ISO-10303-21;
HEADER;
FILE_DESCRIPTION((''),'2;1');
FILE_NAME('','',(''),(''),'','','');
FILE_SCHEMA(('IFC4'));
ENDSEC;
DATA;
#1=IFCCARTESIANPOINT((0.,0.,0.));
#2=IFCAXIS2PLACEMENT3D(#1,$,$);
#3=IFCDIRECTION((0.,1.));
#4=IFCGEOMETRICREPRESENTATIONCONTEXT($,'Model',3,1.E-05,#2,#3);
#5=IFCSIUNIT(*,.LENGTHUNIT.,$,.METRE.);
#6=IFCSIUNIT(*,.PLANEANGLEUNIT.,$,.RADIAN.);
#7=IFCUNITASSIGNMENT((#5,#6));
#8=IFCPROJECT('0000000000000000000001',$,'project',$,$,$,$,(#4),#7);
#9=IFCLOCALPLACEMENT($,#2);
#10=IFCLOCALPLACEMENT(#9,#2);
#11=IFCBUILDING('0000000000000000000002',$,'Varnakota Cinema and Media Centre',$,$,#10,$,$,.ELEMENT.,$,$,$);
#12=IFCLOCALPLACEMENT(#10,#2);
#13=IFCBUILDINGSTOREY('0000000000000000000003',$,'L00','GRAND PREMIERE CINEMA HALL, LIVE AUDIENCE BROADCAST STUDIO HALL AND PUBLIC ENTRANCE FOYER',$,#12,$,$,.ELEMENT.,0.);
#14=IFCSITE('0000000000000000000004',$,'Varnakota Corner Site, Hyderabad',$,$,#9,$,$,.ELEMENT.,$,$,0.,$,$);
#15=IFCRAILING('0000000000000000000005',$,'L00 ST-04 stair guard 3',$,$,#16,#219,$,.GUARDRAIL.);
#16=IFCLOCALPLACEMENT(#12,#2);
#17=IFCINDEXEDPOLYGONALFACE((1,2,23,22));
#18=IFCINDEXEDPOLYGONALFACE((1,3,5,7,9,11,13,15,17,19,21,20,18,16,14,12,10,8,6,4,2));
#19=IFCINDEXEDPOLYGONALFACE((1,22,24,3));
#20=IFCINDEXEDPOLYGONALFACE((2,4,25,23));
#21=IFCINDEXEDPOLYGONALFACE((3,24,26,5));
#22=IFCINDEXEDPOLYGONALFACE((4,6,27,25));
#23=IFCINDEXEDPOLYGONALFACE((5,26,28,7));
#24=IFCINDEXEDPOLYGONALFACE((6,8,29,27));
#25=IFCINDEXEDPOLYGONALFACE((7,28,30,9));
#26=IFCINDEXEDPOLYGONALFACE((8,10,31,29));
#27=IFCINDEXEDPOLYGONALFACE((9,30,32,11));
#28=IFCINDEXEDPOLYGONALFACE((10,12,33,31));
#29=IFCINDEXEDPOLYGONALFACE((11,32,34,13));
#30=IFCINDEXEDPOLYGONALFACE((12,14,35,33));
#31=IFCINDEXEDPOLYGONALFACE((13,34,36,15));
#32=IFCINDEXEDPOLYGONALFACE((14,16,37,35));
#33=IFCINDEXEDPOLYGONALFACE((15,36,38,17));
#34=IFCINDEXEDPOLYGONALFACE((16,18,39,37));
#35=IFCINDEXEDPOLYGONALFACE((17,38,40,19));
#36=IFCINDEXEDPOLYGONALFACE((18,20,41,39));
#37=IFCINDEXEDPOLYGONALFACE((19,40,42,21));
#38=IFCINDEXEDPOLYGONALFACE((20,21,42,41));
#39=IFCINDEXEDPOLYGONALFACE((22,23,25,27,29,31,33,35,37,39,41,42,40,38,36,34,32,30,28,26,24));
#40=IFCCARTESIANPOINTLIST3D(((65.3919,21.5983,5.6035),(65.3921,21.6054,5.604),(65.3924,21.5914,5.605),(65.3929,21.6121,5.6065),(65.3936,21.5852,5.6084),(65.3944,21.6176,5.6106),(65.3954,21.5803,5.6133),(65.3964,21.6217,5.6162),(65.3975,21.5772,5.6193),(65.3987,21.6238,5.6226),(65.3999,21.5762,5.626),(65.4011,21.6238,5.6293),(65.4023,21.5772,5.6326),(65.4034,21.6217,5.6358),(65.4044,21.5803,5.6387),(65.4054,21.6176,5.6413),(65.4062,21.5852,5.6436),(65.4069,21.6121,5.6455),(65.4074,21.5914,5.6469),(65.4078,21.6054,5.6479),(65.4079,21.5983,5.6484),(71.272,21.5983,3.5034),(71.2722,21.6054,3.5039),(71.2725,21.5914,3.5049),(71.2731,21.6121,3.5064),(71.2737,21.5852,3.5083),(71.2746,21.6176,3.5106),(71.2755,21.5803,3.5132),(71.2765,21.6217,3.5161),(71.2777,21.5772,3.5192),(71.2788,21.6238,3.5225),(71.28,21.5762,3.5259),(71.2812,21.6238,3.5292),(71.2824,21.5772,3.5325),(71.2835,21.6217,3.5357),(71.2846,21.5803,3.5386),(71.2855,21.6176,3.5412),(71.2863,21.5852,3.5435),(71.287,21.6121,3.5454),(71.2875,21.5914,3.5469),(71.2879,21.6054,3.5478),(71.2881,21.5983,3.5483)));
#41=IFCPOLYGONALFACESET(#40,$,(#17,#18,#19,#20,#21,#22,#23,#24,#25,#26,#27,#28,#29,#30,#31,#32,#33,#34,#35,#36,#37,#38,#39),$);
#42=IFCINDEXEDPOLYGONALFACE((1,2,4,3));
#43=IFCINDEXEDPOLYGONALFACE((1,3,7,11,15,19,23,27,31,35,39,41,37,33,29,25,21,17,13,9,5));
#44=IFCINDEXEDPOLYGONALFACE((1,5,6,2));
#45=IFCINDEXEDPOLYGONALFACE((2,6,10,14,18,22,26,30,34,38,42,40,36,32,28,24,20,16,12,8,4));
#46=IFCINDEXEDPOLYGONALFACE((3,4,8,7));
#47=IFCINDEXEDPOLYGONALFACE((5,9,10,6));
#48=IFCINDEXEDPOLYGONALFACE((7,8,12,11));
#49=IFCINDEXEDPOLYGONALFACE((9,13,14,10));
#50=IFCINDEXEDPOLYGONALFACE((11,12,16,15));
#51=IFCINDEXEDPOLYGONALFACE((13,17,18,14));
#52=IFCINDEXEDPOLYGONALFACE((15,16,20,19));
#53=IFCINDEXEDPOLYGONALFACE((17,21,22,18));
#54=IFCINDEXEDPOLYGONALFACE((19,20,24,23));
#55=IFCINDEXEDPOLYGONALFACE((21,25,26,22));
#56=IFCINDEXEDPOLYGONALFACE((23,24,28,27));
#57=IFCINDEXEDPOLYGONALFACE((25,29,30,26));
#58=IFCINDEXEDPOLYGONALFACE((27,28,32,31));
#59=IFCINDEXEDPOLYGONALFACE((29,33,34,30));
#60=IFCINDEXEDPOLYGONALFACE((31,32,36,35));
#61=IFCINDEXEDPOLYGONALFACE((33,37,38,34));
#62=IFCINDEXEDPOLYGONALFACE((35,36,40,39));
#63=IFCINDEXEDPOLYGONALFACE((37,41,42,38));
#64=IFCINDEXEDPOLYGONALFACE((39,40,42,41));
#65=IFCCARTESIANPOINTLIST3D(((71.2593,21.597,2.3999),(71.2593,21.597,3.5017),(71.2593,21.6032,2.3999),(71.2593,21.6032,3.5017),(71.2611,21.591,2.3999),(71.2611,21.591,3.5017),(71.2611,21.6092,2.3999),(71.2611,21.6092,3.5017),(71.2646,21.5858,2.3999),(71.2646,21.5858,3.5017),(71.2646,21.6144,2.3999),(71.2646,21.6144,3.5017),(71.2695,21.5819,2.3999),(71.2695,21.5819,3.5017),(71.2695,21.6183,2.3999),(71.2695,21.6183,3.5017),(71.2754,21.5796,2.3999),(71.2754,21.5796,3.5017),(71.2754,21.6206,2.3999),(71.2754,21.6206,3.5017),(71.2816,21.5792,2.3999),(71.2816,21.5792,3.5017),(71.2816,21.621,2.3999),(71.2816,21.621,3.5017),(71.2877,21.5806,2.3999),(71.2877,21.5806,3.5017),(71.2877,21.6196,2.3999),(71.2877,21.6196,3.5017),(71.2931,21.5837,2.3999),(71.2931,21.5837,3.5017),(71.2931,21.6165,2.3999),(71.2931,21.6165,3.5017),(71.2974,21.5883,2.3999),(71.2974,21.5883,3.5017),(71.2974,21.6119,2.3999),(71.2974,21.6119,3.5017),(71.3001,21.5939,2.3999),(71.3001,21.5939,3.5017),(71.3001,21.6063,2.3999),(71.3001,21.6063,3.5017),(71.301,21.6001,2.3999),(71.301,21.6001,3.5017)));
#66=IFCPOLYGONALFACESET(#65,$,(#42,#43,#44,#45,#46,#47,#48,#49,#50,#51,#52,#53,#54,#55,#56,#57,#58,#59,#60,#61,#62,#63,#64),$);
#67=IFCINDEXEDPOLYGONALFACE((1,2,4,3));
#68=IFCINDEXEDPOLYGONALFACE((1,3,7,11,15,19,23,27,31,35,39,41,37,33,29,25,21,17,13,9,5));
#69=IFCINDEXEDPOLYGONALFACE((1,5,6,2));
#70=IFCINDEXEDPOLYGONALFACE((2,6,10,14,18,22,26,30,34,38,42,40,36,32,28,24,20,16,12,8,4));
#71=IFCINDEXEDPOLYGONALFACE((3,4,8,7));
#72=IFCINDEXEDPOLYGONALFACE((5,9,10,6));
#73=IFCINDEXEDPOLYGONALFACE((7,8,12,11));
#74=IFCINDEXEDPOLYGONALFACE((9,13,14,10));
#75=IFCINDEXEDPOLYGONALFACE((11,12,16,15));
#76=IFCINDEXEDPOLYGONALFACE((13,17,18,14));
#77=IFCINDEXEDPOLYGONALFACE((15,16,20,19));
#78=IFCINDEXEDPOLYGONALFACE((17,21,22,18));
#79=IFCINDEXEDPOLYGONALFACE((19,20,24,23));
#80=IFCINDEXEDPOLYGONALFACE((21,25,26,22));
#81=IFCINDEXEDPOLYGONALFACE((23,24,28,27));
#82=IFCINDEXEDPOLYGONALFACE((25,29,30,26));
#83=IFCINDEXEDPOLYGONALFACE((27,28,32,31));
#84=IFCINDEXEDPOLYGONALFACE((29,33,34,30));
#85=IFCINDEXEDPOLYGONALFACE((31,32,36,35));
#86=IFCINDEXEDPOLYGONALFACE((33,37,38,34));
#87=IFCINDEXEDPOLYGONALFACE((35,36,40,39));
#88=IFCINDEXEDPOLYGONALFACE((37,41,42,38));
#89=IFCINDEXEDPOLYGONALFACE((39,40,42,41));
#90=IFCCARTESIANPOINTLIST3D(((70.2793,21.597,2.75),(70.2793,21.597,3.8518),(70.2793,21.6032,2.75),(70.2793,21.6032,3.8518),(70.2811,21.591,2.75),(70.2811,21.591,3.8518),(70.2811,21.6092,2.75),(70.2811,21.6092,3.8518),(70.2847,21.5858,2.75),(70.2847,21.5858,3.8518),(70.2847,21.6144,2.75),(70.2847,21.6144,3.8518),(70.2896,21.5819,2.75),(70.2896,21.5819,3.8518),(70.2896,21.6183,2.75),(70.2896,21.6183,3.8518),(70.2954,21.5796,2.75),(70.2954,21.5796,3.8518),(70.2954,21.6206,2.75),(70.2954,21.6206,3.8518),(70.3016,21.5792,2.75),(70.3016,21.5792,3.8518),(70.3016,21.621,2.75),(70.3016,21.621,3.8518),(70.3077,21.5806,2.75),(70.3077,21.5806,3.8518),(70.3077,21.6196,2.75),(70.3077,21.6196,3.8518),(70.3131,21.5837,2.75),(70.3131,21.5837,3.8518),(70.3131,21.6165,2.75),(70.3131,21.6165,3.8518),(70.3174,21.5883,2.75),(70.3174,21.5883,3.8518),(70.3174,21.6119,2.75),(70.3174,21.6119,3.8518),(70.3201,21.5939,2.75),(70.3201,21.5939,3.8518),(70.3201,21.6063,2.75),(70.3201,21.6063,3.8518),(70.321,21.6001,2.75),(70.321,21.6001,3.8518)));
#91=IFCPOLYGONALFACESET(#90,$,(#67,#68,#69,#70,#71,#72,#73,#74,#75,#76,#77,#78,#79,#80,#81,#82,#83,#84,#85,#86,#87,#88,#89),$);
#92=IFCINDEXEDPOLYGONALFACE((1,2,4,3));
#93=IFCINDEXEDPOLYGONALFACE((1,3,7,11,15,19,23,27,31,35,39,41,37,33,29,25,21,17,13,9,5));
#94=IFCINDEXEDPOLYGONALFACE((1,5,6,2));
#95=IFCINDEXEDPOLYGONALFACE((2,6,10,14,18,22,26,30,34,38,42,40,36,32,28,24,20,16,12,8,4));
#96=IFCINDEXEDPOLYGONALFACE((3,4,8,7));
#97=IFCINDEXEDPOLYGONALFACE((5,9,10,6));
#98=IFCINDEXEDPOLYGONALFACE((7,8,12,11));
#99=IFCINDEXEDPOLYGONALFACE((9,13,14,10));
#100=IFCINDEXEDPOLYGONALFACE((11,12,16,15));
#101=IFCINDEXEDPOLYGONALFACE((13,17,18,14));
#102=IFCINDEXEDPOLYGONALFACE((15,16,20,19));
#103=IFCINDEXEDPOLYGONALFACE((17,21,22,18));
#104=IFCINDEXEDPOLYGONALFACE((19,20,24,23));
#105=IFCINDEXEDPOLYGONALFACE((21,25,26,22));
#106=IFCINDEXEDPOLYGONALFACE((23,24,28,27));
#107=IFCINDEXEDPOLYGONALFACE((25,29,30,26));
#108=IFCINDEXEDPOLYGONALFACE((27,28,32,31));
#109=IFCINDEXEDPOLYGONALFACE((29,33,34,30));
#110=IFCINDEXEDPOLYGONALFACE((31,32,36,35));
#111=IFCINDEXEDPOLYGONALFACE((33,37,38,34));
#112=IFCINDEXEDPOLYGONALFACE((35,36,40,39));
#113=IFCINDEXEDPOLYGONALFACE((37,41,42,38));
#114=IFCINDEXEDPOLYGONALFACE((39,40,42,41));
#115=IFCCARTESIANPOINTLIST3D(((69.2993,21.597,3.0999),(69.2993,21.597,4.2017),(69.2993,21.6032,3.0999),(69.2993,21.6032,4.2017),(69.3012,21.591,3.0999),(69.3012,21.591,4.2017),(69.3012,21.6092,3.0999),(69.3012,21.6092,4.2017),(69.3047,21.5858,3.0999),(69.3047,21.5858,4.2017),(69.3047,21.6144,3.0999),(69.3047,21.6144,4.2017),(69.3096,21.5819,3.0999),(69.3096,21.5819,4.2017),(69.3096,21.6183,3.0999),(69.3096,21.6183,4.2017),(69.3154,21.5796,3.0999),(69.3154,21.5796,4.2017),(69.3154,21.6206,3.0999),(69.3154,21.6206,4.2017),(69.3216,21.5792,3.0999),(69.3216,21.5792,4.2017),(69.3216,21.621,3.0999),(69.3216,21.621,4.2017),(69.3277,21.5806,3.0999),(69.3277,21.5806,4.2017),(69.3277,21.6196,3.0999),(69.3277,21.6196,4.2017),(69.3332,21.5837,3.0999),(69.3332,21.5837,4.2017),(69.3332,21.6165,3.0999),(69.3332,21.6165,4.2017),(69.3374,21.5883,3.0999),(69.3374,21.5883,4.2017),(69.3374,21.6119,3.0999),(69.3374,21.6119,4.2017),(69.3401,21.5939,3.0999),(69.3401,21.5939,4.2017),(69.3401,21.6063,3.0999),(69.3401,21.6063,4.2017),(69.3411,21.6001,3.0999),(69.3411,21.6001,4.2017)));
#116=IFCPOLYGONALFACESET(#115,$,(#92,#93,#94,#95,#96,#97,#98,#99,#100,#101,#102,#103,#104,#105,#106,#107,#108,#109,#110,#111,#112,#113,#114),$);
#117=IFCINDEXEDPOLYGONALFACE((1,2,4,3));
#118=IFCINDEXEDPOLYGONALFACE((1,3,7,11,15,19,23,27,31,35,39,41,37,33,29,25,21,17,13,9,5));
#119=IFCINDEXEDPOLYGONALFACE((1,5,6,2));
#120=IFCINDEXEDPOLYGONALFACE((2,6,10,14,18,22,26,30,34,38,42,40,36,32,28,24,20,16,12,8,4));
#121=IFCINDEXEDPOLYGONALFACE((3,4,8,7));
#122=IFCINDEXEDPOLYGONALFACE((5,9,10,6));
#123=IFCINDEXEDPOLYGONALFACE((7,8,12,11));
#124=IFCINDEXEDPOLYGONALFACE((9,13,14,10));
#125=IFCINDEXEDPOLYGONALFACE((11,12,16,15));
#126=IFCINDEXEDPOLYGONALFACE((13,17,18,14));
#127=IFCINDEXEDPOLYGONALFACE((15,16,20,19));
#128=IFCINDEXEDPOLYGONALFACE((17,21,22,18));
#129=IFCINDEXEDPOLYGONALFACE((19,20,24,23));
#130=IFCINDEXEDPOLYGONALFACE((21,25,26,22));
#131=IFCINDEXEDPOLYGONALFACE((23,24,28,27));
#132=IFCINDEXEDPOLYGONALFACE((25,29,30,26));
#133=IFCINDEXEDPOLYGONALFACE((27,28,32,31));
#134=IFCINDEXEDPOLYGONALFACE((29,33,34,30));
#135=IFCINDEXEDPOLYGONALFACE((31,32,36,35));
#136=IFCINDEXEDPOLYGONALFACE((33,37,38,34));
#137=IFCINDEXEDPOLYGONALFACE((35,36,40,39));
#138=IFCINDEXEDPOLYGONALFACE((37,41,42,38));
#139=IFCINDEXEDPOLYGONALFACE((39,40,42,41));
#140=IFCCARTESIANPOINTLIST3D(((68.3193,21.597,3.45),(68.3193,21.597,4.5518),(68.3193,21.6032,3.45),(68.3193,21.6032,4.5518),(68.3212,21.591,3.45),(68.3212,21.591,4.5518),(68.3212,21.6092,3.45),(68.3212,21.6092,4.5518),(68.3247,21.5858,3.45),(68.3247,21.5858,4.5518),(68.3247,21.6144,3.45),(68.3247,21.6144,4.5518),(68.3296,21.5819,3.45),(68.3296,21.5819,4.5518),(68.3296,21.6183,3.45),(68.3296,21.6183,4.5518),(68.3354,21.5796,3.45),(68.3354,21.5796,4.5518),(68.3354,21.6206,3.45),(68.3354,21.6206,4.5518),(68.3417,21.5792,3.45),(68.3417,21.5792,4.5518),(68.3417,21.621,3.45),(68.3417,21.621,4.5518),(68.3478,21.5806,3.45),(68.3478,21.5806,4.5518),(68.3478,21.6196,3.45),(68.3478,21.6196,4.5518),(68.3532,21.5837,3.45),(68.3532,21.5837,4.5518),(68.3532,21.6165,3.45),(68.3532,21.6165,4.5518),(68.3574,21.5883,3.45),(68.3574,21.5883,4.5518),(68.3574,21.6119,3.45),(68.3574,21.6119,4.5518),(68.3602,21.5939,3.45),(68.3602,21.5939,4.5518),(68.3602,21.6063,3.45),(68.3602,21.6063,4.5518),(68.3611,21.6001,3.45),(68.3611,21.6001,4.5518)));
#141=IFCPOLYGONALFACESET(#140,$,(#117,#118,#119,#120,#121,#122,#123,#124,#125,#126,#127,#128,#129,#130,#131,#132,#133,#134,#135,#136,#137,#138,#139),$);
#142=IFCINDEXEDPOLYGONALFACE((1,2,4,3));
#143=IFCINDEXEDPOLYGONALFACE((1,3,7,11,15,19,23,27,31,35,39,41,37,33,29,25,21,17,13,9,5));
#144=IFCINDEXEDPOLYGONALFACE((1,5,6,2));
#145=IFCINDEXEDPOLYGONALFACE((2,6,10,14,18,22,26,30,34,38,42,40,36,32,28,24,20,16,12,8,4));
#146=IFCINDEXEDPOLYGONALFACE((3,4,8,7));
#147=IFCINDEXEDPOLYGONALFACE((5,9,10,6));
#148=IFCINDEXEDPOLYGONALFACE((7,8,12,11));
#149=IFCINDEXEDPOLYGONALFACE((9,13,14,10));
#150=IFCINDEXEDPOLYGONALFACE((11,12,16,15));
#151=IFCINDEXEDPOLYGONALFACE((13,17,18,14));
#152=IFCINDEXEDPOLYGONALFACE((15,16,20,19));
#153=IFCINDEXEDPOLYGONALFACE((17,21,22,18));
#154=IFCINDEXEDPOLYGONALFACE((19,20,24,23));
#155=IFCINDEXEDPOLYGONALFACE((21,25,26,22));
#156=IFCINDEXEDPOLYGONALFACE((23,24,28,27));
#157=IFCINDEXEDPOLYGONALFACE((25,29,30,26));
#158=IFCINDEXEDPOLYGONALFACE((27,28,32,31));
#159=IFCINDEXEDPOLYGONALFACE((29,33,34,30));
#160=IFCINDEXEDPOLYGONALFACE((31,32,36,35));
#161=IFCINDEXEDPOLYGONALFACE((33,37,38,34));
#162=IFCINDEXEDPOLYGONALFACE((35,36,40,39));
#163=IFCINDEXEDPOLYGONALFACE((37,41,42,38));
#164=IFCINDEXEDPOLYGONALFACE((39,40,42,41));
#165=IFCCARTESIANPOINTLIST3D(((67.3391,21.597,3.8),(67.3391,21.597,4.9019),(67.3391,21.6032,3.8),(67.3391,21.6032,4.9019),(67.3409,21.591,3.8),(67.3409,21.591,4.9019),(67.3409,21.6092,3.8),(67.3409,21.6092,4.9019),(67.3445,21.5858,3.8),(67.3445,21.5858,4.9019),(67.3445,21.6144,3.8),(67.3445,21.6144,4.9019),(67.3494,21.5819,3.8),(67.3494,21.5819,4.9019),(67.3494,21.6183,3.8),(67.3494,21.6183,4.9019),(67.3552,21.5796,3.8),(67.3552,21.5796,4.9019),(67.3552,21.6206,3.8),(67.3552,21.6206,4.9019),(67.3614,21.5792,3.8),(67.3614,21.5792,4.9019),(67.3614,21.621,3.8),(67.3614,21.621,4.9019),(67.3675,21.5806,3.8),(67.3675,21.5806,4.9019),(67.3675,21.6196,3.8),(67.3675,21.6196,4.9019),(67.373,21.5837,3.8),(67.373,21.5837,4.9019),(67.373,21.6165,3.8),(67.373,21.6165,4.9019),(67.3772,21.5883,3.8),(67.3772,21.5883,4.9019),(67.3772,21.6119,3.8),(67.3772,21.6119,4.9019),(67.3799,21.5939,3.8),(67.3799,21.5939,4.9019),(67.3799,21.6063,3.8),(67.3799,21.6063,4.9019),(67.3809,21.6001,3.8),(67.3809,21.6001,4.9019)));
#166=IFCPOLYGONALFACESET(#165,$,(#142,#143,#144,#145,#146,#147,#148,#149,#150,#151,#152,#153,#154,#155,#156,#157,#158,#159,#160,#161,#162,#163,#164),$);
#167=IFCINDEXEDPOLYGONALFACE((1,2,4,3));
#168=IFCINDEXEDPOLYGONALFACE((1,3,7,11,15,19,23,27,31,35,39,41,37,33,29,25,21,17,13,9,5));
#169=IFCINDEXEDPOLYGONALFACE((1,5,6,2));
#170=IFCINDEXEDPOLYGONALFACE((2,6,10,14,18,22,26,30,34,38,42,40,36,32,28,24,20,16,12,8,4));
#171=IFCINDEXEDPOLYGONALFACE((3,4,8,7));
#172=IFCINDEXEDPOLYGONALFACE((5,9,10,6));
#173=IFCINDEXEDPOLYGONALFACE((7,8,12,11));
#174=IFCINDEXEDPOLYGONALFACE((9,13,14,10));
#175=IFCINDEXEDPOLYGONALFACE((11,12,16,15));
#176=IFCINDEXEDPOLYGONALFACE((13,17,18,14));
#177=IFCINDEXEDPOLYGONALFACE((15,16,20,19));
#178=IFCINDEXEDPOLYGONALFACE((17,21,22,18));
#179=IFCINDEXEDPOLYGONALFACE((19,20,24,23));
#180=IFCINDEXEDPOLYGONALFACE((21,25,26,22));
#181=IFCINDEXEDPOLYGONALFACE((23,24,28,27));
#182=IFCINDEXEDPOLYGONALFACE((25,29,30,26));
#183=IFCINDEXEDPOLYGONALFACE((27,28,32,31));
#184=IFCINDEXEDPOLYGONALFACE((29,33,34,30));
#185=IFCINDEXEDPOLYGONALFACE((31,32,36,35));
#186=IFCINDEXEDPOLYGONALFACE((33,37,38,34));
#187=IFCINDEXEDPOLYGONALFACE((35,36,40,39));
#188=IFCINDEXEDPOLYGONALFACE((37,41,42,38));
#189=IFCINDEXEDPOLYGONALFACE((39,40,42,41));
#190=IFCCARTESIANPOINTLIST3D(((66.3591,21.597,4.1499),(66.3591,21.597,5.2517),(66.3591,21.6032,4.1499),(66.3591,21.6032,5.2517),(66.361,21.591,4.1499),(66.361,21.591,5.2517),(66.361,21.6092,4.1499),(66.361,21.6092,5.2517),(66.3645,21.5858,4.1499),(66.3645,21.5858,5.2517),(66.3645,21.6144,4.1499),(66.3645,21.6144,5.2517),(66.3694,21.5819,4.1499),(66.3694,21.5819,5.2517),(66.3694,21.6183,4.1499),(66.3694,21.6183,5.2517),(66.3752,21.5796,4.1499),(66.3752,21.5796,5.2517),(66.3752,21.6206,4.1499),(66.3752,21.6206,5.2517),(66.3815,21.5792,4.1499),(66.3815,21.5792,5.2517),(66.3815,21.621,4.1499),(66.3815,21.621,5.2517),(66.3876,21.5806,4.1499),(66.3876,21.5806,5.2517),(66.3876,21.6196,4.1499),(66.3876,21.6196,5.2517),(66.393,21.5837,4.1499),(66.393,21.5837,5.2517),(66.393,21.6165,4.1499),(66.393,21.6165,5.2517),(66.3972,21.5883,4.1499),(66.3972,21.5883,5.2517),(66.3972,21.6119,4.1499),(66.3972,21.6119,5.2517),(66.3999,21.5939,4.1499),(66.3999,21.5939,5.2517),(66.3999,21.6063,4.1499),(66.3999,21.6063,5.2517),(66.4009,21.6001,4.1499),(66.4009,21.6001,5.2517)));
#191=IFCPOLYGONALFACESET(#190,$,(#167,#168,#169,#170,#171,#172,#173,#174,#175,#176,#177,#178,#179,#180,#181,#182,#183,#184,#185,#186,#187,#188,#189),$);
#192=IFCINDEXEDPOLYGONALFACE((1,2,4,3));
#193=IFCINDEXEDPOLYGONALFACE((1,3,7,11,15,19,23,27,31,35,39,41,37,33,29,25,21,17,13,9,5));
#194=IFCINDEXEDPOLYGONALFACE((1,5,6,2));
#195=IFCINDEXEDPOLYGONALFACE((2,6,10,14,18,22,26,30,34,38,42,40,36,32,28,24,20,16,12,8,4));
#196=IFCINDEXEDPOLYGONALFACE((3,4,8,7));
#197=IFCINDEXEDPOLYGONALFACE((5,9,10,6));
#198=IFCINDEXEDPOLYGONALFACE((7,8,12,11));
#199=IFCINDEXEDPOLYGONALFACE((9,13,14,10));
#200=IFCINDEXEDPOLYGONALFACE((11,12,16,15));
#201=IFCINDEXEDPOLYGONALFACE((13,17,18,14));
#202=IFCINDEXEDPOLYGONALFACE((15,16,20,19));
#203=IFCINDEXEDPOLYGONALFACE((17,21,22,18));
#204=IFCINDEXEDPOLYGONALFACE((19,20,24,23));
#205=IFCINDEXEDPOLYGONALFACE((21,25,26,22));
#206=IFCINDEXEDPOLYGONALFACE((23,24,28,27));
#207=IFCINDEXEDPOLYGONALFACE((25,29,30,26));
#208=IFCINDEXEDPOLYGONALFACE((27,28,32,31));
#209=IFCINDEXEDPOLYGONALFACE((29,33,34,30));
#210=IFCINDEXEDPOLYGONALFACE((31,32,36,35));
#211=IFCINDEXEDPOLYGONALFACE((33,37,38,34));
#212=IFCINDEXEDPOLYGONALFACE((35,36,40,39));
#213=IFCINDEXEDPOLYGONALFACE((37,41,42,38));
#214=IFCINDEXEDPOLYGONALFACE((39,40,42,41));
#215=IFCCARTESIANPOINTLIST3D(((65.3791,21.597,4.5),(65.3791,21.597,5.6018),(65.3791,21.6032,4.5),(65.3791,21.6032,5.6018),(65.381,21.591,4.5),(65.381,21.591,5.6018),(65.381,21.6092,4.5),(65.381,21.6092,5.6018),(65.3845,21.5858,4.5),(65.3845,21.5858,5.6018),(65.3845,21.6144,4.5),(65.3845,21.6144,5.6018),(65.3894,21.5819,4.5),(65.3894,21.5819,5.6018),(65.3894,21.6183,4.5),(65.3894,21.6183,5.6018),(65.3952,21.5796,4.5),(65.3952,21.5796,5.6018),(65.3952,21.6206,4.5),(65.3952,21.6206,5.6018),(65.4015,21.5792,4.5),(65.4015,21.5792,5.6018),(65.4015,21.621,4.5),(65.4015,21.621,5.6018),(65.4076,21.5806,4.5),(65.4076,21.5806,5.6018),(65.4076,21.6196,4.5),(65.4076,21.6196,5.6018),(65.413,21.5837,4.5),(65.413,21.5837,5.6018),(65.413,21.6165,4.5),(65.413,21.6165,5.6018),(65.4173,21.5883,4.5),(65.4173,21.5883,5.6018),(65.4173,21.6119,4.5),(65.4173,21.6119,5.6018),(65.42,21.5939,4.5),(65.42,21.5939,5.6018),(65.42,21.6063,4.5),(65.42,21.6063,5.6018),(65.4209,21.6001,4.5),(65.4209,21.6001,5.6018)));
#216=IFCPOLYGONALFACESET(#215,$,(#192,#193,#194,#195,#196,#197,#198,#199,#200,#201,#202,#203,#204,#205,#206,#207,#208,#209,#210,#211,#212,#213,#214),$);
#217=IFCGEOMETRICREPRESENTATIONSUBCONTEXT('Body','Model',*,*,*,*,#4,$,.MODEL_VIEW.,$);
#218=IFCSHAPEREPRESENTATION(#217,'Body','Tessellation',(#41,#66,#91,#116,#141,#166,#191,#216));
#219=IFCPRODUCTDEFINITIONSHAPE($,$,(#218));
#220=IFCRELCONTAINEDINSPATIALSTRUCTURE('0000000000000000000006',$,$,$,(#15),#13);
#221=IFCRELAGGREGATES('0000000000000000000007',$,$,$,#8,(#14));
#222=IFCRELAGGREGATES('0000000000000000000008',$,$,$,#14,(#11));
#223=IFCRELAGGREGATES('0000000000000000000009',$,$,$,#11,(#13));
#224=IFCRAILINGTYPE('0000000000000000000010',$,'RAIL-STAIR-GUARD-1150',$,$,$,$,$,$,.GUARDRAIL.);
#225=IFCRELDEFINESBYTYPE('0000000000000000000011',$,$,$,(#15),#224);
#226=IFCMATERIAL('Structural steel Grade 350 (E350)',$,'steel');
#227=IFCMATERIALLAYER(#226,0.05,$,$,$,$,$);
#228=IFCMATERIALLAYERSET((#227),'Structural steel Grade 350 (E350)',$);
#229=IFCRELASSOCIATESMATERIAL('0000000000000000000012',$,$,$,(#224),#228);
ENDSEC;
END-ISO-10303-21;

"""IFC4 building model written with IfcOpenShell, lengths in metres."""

from ifc_helpers import new_model, si_unit, direction, frame, origin, origin_2d, place, context, subcontext, project, spatial, circle, extrude, material, layer, layer_set, type_object, element, save


model = new_model("IFC4")

# Units and contexts
model_context = context("Model", 3, precision=1e-05, world=origin(), true_north=direction((0.0, 1.0)))
body_context = subcontext(model_context, "Body", "Model", "MODEL_VIEW")
ifc_project = project(units=[si_unit("LENGTHUNIT", "METRE"), si_unit("PLANEANGLEUNIT", "RADIAN")], contexts=[model_context])

# Site, building, storey
site_placement = place(None, origin())
site = spatial("IfcSite", under=ifc_project, at=site_placement, Name="Varnakota Corner Site, Hyderabad", CompositionType="ELEMENT", RefElevation=0.0)
building_placement = place(site_placement, origin())
building = spatial("IfcBuilding", under=site, at=building_placement, Name="Varnakota Cinema and Media Centre", CompositionType="ELEMENT")
storey_placement = place(building_placement, origin())
storey = spatial("IfcBuildingStorey", under=building, at=storey_placement, Name="L00", Description="GRAND PREMIERE CINEMA HALL, LIVE AUDIENCE BROADCAST STUDIO HALL AND PUBLIC ENTRANCE FOYER", CompositionType="ELEMENT", Elevation=0.0)

# Railing
ifc_material_1 = material(Name="Structural steel Grade 350 (E350)", Category="steel")
ifc_layer_1 = layer(ifc_material_1, 0.05)
ifc_layer_set_1 = layer_set([ifc_layer_1], Name="Structural steel Grade 350 (E350)")
railing_type_1 = type_object("IfcRailingType", Name="RAIL-STAIR-GUARD-1150", PredefinedType="GUARDRAIL", material=ifc_layer_set_1)
railing_1_placement = place(storey_placement, frame((71.28, 21.6001, 2.3999)))
element("IfcRailing", 1, at=railing_1_placement, inside=storey, type_object=railing_type_1, Name="L00 ST-04 stair guard 3", PredefinedType="GUARDRAIL", context=body_context, shape_type="SweptSolid", body=[
    extrude(circle(Radius=0.0239, at=origin_2d()), frame((0.0, 0.0, 1.126), z_axis=(-0.941739, 0.0, 0.336344), x_axis=(0.0, -1.0, 0.0)), (0.0, 0.0, 1.0), 6.2439),
    extrude(circle(Radius=0.021, at=origin_2d()), origin(), (0.0, 0.0, 1.0), 1.1018),
    extrude(circle(Radius=0.021, at=origin_2d()), frame((-0.98, 0.0, 0.3501)), (0.0, 0.0, 1.0), 1.1018),
    extrude(circle(Radius=0.021, at=origin_2d()), frame((-1.96, 0.0, 0.7)), (0.0, 0.0, 1.0), 1.1018),
    extrude(circle(Radius=0.021, at=origin_2d()), frame((-2.9399, 0.0, 1.05)), (0.0, 0.0, 1.0), 1.1018),
    extrude(circle(Radius=0.021, at=origin_2d()), frame((-3.9202, 0.0, 1.4001)), (0.0, 0.0, 1.0), 1.1018),
    extrude(circle(Radius=0.021, at=origin_2d()), frame((-4.9001, 0.0, 1.75)), (0.0, 0.0, 1.0), 1.1018),
    extrude(circle(Radius=0.021, at=origin_2d()), frame((-5.8801, 0.0, 2.1001)), (0.0, 0.0, 1.0), 1.1018),
])

save(model, "model.ifc")
